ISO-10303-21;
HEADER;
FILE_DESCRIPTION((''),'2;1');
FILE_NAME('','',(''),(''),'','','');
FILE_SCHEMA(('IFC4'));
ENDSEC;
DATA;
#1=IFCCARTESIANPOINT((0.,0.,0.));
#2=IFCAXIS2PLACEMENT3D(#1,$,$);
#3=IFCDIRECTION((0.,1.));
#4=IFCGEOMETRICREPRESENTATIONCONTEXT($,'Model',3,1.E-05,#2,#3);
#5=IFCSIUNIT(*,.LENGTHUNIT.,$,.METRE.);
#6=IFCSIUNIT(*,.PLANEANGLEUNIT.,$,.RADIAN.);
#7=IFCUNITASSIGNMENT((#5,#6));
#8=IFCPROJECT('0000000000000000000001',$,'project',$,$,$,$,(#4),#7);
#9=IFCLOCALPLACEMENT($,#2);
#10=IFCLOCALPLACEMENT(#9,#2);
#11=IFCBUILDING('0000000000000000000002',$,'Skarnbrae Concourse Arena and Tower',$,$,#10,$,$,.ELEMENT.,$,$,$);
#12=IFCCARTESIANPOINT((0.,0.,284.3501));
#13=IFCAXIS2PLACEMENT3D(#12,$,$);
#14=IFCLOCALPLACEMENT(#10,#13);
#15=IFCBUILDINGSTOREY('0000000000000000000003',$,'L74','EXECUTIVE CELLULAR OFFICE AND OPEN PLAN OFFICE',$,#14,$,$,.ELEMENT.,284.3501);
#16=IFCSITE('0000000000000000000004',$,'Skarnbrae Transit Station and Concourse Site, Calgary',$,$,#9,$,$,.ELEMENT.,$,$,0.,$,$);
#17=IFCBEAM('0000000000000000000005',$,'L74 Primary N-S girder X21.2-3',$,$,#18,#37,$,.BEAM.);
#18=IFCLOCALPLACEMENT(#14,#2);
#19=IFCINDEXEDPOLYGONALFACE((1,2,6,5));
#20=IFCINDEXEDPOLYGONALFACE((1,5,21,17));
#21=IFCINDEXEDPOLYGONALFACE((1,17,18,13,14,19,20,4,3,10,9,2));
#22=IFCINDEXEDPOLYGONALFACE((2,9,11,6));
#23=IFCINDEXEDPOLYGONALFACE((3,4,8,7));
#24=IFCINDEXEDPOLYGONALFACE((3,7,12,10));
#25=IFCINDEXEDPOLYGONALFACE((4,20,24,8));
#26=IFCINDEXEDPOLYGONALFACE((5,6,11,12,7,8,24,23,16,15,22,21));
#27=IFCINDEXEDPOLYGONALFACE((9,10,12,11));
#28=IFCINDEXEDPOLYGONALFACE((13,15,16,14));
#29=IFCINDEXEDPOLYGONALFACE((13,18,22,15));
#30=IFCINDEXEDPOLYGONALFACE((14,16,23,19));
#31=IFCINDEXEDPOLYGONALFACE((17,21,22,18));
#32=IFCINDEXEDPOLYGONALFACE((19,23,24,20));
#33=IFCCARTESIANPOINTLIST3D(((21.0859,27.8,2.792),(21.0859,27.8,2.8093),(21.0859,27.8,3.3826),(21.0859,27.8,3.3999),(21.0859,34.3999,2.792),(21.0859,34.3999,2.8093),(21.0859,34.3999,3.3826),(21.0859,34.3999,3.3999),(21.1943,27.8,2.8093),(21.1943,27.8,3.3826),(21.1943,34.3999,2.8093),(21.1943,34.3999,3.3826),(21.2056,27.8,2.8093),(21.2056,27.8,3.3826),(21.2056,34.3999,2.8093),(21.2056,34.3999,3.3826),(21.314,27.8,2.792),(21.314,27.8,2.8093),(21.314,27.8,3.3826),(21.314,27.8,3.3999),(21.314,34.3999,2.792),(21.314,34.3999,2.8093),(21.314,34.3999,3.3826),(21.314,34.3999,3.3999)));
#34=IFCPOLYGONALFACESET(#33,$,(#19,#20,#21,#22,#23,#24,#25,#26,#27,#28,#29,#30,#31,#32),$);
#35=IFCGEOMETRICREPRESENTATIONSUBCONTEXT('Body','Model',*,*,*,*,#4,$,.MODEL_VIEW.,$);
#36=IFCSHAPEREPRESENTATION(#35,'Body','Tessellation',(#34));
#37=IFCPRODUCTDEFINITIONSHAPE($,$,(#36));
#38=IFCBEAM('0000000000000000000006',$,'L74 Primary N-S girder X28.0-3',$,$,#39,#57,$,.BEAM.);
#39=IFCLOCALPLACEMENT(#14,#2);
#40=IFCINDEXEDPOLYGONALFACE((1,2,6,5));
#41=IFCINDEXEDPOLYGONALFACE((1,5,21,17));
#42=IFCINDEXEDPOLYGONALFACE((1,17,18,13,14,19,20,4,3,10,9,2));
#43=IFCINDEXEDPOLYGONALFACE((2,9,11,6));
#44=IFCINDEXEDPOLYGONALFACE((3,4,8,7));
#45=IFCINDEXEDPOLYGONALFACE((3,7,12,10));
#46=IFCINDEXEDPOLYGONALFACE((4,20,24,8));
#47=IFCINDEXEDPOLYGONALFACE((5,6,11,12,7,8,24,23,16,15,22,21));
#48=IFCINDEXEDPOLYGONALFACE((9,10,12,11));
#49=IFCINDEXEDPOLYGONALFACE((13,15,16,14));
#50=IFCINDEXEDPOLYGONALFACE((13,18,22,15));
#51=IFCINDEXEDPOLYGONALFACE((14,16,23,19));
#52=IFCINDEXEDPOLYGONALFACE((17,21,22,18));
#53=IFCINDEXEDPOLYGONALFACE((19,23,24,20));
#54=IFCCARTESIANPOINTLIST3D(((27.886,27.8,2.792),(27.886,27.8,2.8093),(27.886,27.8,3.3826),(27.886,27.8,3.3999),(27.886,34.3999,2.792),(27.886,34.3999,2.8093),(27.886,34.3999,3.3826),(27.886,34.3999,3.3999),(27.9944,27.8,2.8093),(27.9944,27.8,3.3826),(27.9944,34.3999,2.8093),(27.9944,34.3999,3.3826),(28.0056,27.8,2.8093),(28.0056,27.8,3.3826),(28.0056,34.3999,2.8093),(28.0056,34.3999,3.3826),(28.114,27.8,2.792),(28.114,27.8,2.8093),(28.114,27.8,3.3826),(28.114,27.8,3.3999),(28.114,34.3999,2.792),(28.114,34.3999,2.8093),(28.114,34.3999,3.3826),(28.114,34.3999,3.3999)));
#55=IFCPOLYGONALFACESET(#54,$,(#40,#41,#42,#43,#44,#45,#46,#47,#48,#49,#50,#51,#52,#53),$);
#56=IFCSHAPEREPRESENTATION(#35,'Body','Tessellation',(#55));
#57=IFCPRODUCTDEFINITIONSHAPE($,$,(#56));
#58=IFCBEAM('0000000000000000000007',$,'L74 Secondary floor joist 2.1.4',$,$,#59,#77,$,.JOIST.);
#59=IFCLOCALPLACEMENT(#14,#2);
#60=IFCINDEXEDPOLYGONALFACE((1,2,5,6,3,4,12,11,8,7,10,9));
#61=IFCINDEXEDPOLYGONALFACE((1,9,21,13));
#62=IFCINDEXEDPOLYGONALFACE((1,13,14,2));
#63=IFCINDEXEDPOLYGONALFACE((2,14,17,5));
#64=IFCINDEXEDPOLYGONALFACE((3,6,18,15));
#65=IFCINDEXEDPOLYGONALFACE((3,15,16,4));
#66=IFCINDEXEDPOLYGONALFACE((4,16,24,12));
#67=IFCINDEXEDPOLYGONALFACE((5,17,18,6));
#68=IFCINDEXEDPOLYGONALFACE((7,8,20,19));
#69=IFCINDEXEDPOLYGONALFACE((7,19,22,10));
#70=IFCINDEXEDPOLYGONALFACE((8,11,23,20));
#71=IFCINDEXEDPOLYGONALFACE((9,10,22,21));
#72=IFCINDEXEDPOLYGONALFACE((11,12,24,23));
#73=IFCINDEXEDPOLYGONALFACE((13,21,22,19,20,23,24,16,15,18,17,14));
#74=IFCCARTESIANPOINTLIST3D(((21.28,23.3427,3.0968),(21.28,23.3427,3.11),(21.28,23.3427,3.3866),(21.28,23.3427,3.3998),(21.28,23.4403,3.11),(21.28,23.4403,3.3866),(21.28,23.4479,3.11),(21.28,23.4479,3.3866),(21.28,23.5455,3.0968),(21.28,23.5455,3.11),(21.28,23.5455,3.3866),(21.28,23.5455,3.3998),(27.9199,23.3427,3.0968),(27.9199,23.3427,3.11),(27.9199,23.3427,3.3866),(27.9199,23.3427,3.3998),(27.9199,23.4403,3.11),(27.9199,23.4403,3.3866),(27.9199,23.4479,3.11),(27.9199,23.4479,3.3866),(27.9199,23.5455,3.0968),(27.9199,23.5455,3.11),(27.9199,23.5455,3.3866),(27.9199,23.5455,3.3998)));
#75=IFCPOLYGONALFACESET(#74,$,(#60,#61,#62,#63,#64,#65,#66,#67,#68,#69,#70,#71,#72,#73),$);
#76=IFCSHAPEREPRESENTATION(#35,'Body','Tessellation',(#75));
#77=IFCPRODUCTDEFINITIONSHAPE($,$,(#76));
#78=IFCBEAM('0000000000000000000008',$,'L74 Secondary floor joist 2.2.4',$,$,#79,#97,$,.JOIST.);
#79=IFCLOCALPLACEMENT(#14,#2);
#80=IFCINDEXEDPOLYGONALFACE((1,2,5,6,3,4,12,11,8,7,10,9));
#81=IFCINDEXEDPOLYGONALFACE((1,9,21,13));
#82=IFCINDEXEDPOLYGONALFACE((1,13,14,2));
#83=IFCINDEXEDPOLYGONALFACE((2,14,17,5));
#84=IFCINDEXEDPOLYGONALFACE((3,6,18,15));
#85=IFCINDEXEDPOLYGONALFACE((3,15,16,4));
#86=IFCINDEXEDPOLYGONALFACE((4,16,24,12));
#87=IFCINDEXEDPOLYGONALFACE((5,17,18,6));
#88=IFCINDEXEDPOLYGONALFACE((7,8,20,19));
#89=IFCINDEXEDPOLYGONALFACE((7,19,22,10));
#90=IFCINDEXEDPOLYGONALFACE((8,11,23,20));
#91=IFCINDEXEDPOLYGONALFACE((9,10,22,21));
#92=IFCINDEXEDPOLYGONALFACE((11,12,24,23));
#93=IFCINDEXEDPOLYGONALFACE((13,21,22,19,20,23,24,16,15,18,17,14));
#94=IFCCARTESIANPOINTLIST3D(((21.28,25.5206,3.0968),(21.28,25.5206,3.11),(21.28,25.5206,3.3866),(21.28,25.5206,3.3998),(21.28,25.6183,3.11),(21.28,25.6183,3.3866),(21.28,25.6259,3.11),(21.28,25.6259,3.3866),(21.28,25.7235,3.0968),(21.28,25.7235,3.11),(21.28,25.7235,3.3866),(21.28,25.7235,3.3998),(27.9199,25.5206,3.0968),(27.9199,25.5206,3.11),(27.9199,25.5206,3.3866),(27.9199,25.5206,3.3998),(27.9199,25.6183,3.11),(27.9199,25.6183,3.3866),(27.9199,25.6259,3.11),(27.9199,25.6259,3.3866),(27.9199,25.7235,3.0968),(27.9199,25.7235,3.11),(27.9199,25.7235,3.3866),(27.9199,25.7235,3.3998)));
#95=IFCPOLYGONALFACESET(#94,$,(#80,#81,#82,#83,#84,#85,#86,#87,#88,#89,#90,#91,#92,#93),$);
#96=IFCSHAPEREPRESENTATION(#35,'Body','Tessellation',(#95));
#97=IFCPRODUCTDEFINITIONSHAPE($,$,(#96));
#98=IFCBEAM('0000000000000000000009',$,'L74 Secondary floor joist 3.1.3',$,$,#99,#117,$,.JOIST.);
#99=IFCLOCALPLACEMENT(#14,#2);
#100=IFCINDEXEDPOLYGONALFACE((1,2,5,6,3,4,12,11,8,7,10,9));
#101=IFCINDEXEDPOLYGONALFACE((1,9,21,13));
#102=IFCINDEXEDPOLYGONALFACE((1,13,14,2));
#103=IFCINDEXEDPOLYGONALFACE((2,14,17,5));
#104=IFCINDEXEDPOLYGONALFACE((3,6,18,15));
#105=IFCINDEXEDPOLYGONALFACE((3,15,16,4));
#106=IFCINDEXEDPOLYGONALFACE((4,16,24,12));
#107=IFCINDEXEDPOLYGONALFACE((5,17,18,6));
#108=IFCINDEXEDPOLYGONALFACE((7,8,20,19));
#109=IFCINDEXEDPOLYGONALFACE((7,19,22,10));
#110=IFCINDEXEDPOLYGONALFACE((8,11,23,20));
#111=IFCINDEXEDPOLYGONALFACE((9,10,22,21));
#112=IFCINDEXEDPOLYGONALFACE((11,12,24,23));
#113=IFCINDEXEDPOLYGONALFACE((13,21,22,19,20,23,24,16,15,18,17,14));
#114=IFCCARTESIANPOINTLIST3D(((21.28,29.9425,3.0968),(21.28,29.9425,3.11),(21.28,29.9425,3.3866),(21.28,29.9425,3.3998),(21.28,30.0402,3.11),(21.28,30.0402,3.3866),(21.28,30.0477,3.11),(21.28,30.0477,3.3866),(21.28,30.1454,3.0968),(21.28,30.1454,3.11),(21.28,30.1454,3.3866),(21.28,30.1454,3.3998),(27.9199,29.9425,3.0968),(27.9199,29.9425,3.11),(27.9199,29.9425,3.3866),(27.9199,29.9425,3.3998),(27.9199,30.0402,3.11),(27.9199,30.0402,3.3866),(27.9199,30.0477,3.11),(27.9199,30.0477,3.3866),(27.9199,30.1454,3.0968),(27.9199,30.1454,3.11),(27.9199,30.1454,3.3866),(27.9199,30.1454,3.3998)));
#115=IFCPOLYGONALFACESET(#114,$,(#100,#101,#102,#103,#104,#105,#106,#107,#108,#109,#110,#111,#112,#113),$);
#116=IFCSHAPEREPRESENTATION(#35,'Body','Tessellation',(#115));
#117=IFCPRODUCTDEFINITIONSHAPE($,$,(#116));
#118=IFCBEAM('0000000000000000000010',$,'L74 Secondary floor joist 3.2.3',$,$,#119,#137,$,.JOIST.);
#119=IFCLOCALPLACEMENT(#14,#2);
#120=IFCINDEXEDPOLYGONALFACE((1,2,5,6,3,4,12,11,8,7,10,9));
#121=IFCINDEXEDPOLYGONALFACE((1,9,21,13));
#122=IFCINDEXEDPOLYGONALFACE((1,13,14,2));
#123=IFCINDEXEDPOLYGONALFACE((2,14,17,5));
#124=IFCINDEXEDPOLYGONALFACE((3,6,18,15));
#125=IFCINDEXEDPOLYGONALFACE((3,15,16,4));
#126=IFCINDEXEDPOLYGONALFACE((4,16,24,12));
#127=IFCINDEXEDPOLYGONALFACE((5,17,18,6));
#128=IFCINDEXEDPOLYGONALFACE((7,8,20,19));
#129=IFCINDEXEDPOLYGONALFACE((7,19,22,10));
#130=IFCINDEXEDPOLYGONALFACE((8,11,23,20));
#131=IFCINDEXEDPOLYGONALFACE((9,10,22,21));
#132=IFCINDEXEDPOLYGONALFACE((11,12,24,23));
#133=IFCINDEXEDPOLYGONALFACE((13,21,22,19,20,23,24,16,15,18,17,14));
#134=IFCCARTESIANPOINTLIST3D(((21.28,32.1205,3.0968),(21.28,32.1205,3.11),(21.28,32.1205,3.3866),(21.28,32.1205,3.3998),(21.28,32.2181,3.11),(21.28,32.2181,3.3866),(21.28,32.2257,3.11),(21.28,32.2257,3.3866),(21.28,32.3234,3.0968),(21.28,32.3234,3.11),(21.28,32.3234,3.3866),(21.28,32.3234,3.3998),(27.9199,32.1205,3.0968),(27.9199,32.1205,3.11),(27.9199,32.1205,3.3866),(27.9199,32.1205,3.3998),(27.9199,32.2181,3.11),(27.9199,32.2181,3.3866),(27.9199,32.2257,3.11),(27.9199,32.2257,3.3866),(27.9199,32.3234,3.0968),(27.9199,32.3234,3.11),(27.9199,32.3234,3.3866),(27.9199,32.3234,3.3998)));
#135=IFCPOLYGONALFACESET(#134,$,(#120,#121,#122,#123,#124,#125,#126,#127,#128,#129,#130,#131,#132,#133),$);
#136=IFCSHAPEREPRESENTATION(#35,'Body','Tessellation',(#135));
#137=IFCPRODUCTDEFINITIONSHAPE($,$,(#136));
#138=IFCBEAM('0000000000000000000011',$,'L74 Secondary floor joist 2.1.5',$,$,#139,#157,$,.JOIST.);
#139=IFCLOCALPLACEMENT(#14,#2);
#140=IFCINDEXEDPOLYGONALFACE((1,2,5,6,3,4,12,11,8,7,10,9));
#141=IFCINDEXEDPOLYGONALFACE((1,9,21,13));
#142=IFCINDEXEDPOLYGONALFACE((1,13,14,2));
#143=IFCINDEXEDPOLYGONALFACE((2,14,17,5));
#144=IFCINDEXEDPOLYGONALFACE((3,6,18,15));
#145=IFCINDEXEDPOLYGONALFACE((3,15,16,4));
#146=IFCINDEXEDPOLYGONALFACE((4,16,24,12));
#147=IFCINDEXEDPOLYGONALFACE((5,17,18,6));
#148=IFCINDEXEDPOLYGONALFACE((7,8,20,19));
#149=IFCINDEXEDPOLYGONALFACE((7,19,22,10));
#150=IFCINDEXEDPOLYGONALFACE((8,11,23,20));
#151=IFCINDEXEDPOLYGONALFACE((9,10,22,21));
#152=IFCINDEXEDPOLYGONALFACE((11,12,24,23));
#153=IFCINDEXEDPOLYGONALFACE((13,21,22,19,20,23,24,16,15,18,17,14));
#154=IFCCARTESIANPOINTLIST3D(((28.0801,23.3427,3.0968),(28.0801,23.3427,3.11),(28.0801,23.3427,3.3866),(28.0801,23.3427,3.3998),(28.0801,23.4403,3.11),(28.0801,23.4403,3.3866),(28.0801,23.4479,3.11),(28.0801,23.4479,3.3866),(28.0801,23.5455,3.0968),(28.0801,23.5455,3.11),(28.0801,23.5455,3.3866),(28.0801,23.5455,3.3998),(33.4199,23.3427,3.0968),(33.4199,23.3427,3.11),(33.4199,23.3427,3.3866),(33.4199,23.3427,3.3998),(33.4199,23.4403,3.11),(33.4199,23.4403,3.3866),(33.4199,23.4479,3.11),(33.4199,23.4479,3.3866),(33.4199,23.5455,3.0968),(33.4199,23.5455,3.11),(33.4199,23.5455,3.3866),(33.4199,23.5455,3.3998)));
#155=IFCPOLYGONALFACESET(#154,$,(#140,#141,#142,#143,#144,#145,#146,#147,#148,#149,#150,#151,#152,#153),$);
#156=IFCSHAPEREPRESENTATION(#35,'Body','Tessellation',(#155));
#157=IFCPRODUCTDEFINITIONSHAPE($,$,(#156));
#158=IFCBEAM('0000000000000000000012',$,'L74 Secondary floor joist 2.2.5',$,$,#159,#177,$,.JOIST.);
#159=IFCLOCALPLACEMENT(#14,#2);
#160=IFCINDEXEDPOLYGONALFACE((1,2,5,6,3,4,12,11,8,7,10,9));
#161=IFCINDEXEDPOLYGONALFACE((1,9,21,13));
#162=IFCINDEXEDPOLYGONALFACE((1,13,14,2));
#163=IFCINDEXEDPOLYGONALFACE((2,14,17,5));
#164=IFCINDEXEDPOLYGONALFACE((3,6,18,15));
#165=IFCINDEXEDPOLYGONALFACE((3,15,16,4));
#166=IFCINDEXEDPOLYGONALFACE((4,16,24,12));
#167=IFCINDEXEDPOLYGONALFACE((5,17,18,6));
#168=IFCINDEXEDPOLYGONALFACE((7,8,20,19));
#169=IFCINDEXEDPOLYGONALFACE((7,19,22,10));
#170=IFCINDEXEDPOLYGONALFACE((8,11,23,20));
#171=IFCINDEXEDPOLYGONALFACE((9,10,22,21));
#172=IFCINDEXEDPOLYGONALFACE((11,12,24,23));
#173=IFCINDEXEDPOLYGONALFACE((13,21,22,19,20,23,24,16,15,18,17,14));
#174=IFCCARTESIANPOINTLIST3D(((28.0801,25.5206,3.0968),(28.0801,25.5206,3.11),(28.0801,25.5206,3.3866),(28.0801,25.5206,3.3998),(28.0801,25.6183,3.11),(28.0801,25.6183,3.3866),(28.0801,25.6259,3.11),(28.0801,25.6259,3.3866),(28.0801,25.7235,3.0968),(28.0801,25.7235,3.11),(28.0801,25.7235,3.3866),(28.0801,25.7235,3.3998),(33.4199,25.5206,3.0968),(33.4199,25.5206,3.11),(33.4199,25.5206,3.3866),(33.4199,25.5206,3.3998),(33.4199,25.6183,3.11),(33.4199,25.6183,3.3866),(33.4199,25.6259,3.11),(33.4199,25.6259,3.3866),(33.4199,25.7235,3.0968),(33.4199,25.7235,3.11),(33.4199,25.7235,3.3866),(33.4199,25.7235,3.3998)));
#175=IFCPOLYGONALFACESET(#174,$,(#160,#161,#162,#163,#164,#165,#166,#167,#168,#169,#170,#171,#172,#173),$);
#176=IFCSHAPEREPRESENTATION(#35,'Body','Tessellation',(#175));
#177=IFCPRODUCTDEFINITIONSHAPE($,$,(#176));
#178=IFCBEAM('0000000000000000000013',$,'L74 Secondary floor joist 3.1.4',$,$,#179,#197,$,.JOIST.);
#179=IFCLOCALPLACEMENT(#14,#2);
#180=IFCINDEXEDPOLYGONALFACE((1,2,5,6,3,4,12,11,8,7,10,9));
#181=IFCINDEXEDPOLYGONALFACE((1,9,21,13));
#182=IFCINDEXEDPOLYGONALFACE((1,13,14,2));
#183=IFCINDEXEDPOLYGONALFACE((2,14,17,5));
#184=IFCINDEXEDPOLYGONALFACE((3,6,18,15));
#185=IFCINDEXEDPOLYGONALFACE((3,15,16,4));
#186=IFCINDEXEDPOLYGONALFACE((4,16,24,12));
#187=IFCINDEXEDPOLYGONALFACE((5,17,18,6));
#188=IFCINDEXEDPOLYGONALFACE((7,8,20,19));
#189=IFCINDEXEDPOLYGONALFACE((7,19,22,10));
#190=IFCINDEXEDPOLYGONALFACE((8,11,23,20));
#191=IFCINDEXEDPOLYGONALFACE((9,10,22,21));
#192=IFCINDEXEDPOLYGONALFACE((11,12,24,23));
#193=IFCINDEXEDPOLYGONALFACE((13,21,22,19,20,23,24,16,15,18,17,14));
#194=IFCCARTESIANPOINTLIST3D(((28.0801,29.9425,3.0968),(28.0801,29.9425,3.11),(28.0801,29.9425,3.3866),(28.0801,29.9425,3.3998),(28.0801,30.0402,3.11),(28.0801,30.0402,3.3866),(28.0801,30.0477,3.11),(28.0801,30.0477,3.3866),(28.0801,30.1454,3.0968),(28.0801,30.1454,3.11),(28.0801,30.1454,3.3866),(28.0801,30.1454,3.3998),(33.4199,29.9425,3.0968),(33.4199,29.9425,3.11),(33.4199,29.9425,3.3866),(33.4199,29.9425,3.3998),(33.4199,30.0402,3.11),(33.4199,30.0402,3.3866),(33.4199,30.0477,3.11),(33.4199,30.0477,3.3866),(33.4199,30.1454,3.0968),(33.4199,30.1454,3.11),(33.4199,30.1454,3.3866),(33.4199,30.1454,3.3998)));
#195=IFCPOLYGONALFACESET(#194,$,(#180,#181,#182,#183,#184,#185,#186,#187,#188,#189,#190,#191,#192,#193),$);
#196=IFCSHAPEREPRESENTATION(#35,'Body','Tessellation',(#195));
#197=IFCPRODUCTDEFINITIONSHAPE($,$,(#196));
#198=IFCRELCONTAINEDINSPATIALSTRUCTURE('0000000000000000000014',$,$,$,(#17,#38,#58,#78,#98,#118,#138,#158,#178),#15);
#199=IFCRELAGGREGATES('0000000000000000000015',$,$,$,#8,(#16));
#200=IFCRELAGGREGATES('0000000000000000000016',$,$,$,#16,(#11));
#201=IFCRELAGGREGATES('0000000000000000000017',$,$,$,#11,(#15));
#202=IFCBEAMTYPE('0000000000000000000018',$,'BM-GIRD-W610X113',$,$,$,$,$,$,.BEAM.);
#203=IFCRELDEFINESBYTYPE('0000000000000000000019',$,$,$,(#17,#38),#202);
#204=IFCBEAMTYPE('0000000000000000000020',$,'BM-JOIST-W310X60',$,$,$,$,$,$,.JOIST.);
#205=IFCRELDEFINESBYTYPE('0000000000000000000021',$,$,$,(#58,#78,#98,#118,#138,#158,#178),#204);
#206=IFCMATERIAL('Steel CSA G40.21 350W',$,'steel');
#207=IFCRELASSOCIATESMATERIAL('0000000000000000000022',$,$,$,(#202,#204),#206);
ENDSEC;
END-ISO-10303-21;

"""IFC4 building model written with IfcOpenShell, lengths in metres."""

from ifc_helpers import new_model, si_unit, direction, frame, origin, origin_2d, place, context, subcontext, project, spatial, i_section, extrude, source, transform, mapped, material, material_profile, profile_set, type_object, element, save


model = new_model("IFC4")

# Units and contexts
model_context = context("Model", 3, precision=1e-05, world=origin(), true_north=direction((0.0, 1.0)))
body_context = subcontext(model_context, "Body", "Model", "MODEL_VIEW")
ifc_project = project(units=[si_unit("LENGTHUNIT", "METRE"), si_unit("PLANEANGLEUNIT", "RADIAN")], contexts=[model_context])

# Site, building, storey
site_placement = place(None, origin())
site = spatial("IfcSite", under=ifc_project, at=site_placement, Name="Skarnbrae Transit Station and Concourse Site, Calgary", CompositionType="ELEMENT", RefElevation=0.0)
building_placement = place(site_placement, origin())
building = spatial("IfcBuilding", under=site, at=building_placement, Name="Skarnbrae Concourse Arena and Tower", CompositionType="ELEMENT")
storey_placement = place(building_placement, frame((0.0, 0.0, 284.3501)))
storey = spatial("IfcBuildingStorey", under=building, at=storey_placement, Name="L74", Description="EXECUTIVE CELLULAR OFFICE AND OPEN PLAN OFFICE", CompositionType="ELEMENT", Elevation=284.3501)

# Shared definitions
ifc_material_1 = material(Name="Steel CSA G40.21 350W", Category="steel")

# Beams
ifc_material_profile_1 = material_profile(ifc_material_1, i_section(OverallWidth=0.228, OverallDepth=0.6079, WebThickness=0.0112, FlangeThickness=0.0173, at=origin_2d()), Name="W610X113")
ifc_profile_set_1 = profile_set([ifc_material_profile_1], Name="Steel CSA G40.21 350W")
beam_type_1 = type_object("IfcBeamType", Name="BM-GIRD-W610X113", PredefinedType="BEAM", material=ifc_profile_set_1)
shared_shape_1 = source(origin(), body_context, "Body", "SweptSolid", [
    extrude(i_section(OverallWidth=0.228, OverallDepth=0.6079, WebThickness=0.0112, FlangeThickness=0.0173, at=origin_2d()), origin(), (0.0, 0.0, 1.0), 6.5999),
])
for number, where, z_axis, x_axis, name in (
    (1, (21.2, 27.8, 3.0959), (0.0, 1.0, 0.0), (-1.0, 0.0, 0.0), "L74 Primary N-S girder X21.2-3"),
    (2, (28.0, 27.8, 3.0959), (0.0, 1.0, 0.0), (-1.0, 0.0, 0.0), "L74 Primary N-S girder X28.0-3"),
):
    element("IfcBeam", number, at=place(storey_placement, frame(where, z_axis=z_axis, x_axis=x_axis)), inside=storey, type_object=beam_type_1, Name=name, PredefinedType="BEAM", context=body_context, shape_type="MappedRepresentation", body=[
        mapped(shared_shape_1, transform((0.0, 0.0, 0.0))),
    ])
ifc_material_profile_2 = material_profile(ifc_material_1, i_section(OverallWidth=0.2029, OverallDepth=0.303, WebThickness=0.0076, FlangeThickness=0.0132, at=origin_2d()), Name="W310X60")
ifc_profile_set_2 = profile_set([ifc_material_profile_2], Name="Steel CSA G40.21 350W")
beam_type_2 = type_object("IfcBeamType", Name="BM-JOIST-W310X60", PredefinedType="JOIST", material=ifc_profile_set_2)
shared_shape_2 = source(origin(), body_context, "Body", "SweptSolid", [
    extrude(i_section(OverallWidth=0.2029, OverallDepth=0.303, WebThickness=0.0076, FlangeThickness=0.0132, at=origin_2d()), origin(), (0.0, 0.0, 1.0), 6.6399),
])
for number, where, z_axis, x_axis, name in (
    (3, (21.28, 23.4441, 3.2483), (1.0, 0.0, 0.0), (0.0, 1.0, 0.0), "L74 Secondary floor joist 2.1.4"),
    (4, (21.28, 25.6221, 3.2483), (1.0, 0.0, 0.0), (0.0, 1.0, 0.0), "L74 Secondary floor joist 2.2.4"),
    (5, (21.28, 30.0439, 3.2483), (1.0, 0.0, 0.0), (0.0, 1.0, 0.0), "L74 Secondary floor joist 3.1.3"),
    (6, (21.28, 32.2219, 3.2483), (1.0, 0.0, 0.0), (0.0, 1.0, 0.0), "L74 Secondary floor joist 3.2.3"),
):
    element("IfcBeam", number, at=place(storey_placement, frame(where, z_axis=z_axis, x_axis=x_axis)), inside=storey, type_object=beam_type_2, Name=name, PredefinedType="JOIST", context=body_context, shape_type="MappedRepresentation", body=[
        mapped(shared_shape_2, transform((0.0, 0.0, 0.0))),
    ])
shared_shape_3 = source(origin(), body_context, "Body", "SweptSolid", [
    extrude(i_section(OverallWidth=0.2029, OverallDepth=0.303, WebThickness=0.0076, FlangeThickness=0.0132, at=origin_2d()), origin(), (0.0, 0.0, 1.0), 5.3398),
])
for number, where, z_axis, x_axis, name in (
    (7, (28.0801, 23.4441, 3.2483), (1.0, 0.0, 0.0), (0.0, 1.0, 0.0), "L74 Secondary floor joist 2.1.5"),
    (8, (28.0801, 25.6221, 3.2483), (1.0, 0.0, 0.0), (0.0, 1.0, 0.0), "L74 Secondary floor joist 2.2.5"),
    (9, (28.0801, 30.0439, 3.2483), (1.0, 0.0, 0.0), (0.0, 1.0, 0.0), "L74 Secondary floor joist 3.1.4"),
):
    element("IfcBeam", number, at=place(storey_placement, frame(where, z_axis=z_axis, x_axis=x_axis)), inside=storey, type_object=beam_type_2, Name=name, PredefinedType="JOIST", context=body_context, shape_type="MappedRepresentation", body=[
        mapped(shared_shape_3, transform((0.0, 0.0, 0.0))),
    ])

save(model, "model.ifc")
